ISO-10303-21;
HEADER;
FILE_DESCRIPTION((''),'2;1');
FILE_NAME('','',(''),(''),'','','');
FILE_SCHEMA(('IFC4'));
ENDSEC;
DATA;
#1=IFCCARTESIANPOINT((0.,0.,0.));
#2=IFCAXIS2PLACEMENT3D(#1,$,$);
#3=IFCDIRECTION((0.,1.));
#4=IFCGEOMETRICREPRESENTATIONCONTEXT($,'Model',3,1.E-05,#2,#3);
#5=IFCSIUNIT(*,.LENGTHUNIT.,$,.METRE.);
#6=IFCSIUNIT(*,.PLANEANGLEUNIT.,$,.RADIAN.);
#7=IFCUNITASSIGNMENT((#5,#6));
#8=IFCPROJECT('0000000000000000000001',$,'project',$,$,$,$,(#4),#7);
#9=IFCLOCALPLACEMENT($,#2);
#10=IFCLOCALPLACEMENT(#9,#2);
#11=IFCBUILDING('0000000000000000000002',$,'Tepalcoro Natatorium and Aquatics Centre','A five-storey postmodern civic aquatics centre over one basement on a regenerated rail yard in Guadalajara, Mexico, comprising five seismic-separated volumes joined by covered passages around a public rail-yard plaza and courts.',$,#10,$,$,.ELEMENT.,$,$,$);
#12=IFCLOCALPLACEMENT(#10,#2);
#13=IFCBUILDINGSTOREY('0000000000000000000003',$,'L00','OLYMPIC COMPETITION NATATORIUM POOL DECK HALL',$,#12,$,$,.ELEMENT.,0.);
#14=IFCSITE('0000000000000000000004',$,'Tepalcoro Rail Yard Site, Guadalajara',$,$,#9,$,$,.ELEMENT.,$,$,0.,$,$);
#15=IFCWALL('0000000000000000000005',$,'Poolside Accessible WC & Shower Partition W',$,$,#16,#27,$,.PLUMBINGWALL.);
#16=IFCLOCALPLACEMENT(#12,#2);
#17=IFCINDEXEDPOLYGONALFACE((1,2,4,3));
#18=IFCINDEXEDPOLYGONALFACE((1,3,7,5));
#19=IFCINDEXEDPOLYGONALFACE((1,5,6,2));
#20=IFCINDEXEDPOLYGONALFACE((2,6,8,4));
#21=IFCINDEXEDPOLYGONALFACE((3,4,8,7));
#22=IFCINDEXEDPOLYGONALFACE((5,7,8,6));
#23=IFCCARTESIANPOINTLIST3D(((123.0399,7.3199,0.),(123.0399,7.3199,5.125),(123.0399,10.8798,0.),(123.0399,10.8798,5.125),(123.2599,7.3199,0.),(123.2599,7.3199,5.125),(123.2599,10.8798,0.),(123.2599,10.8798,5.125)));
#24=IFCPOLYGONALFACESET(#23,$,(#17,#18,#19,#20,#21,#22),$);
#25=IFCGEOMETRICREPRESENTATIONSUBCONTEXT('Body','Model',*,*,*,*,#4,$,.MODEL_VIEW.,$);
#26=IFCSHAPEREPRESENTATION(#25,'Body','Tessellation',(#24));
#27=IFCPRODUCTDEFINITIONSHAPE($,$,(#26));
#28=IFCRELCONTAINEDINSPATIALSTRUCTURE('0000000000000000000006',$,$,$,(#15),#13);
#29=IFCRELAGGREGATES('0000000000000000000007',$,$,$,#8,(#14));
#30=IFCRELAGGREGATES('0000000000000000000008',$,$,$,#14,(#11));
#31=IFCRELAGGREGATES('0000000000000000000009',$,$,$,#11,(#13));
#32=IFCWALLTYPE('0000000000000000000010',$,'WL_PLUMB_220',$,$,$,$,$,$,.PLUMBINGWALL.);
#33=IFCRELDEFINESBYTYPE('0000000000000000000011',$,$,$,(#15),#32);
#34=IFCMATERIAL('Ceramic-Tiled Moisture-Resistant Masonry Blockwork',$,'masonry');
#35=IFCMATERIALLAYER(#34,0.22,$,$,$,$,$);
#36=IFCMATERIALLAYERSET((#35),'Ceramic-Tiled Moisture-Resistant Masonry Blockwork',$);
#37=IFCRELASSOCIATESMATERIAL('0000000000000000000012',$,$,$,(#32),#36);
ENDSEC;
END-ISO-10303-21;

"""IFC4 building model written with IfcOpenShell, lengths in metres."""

from ifc_helpers import new_model, si_unit, direction, frame, frame_2d, origin, place, context, subcontext, project, spatial, rectangle, extrude, material, layer, layer_set, type_object, element, save


model = new_model("IFC4")

# Units and contexts
model_context = context("Model", 3, precision=1e-05, world=origin(), true_north=direction((0.0, 1.0)))
body_context = subcontext(model_context, "Body", "Model", "MODEL_VIEW")
ifc_project = project(units=[si_unit("LENGTHUNIT", "METRE"), si_unit("PLANEANGLEUNIT", "RADIAN")], contexts=[model_context])

# Site, building, storey
site_placement = place(None, origin())
site = spatial("IfcSite", under=ifc_project, at=site_placement, Name="Tepalcoro Rail Yard Site, Guadalajara", CompositionType="ELEMENT", RefElevation=0.0)
building_placement = place(site_placement, origin())
building = spatial("IfcBuilding", under=site, at=building_placement, Name="Tepalcoro Natatorium and Aquatics Centre", Description="A five-storey postmodern civic aquatics centre over one basement on a regenerated rail yard in Guadalajara, Mexico, comprising five seismic-separated volumes joined by covered passages around a public rail-yard plaza and courts.", CompositionType="ELEMENT")
storey_placement = place(building_placement, origin())
storey = spatial("IfcBuildingStorey", under=building, at=storey_placement, Name="L00", Description="OLYMPIC COMPETITION NATATORIUM POOL DECK HALL", CompositionType="ELEMENT", Elevation=0.0)

# Shared definitions
ifc_material_1 = material(Name="Ceramic-Tiled Moisture-Resistant Masonry Blockwork", Category="masonry")
ifc_layer_1 = layer(ifc_material_1, 0.22)
ifc_layer_set_1 = layer_set([ifc_layer_1], Name="Ceramic-Tiled Moisture-Resistant Masonry Blockwork")
wall_type_1 = type_object("IfcWallType", Name="WL_PLUMB_220", PredefinedType="PLUMBINGWALL", material=ifc_layer_set_1)

# Wall
wall_1_placement = place(storey_placement, frame((123.1499, 7.3201, 0.0), z_axis=(0.0, 0.0, 1.0), x_axis=(0.0, 1.0, 0.0)))
element("IfcWall", 1, at=wall_1_placement, inside=storey, type_object=wall_type_1, Name="Poolside Accessible WC & Shower Partition W", PredefinedType="PLUMBINGWALL", context=body_context, shape_type="SweptSolid", body=[
    extrude(rectangle(XDim=3.5598, YDim=0.22, at=frame_2d((1.7798, 0.0))), origin(), (0.0, 0.0, 1.0), 5.125),
])

save(model, "model.ifc")
